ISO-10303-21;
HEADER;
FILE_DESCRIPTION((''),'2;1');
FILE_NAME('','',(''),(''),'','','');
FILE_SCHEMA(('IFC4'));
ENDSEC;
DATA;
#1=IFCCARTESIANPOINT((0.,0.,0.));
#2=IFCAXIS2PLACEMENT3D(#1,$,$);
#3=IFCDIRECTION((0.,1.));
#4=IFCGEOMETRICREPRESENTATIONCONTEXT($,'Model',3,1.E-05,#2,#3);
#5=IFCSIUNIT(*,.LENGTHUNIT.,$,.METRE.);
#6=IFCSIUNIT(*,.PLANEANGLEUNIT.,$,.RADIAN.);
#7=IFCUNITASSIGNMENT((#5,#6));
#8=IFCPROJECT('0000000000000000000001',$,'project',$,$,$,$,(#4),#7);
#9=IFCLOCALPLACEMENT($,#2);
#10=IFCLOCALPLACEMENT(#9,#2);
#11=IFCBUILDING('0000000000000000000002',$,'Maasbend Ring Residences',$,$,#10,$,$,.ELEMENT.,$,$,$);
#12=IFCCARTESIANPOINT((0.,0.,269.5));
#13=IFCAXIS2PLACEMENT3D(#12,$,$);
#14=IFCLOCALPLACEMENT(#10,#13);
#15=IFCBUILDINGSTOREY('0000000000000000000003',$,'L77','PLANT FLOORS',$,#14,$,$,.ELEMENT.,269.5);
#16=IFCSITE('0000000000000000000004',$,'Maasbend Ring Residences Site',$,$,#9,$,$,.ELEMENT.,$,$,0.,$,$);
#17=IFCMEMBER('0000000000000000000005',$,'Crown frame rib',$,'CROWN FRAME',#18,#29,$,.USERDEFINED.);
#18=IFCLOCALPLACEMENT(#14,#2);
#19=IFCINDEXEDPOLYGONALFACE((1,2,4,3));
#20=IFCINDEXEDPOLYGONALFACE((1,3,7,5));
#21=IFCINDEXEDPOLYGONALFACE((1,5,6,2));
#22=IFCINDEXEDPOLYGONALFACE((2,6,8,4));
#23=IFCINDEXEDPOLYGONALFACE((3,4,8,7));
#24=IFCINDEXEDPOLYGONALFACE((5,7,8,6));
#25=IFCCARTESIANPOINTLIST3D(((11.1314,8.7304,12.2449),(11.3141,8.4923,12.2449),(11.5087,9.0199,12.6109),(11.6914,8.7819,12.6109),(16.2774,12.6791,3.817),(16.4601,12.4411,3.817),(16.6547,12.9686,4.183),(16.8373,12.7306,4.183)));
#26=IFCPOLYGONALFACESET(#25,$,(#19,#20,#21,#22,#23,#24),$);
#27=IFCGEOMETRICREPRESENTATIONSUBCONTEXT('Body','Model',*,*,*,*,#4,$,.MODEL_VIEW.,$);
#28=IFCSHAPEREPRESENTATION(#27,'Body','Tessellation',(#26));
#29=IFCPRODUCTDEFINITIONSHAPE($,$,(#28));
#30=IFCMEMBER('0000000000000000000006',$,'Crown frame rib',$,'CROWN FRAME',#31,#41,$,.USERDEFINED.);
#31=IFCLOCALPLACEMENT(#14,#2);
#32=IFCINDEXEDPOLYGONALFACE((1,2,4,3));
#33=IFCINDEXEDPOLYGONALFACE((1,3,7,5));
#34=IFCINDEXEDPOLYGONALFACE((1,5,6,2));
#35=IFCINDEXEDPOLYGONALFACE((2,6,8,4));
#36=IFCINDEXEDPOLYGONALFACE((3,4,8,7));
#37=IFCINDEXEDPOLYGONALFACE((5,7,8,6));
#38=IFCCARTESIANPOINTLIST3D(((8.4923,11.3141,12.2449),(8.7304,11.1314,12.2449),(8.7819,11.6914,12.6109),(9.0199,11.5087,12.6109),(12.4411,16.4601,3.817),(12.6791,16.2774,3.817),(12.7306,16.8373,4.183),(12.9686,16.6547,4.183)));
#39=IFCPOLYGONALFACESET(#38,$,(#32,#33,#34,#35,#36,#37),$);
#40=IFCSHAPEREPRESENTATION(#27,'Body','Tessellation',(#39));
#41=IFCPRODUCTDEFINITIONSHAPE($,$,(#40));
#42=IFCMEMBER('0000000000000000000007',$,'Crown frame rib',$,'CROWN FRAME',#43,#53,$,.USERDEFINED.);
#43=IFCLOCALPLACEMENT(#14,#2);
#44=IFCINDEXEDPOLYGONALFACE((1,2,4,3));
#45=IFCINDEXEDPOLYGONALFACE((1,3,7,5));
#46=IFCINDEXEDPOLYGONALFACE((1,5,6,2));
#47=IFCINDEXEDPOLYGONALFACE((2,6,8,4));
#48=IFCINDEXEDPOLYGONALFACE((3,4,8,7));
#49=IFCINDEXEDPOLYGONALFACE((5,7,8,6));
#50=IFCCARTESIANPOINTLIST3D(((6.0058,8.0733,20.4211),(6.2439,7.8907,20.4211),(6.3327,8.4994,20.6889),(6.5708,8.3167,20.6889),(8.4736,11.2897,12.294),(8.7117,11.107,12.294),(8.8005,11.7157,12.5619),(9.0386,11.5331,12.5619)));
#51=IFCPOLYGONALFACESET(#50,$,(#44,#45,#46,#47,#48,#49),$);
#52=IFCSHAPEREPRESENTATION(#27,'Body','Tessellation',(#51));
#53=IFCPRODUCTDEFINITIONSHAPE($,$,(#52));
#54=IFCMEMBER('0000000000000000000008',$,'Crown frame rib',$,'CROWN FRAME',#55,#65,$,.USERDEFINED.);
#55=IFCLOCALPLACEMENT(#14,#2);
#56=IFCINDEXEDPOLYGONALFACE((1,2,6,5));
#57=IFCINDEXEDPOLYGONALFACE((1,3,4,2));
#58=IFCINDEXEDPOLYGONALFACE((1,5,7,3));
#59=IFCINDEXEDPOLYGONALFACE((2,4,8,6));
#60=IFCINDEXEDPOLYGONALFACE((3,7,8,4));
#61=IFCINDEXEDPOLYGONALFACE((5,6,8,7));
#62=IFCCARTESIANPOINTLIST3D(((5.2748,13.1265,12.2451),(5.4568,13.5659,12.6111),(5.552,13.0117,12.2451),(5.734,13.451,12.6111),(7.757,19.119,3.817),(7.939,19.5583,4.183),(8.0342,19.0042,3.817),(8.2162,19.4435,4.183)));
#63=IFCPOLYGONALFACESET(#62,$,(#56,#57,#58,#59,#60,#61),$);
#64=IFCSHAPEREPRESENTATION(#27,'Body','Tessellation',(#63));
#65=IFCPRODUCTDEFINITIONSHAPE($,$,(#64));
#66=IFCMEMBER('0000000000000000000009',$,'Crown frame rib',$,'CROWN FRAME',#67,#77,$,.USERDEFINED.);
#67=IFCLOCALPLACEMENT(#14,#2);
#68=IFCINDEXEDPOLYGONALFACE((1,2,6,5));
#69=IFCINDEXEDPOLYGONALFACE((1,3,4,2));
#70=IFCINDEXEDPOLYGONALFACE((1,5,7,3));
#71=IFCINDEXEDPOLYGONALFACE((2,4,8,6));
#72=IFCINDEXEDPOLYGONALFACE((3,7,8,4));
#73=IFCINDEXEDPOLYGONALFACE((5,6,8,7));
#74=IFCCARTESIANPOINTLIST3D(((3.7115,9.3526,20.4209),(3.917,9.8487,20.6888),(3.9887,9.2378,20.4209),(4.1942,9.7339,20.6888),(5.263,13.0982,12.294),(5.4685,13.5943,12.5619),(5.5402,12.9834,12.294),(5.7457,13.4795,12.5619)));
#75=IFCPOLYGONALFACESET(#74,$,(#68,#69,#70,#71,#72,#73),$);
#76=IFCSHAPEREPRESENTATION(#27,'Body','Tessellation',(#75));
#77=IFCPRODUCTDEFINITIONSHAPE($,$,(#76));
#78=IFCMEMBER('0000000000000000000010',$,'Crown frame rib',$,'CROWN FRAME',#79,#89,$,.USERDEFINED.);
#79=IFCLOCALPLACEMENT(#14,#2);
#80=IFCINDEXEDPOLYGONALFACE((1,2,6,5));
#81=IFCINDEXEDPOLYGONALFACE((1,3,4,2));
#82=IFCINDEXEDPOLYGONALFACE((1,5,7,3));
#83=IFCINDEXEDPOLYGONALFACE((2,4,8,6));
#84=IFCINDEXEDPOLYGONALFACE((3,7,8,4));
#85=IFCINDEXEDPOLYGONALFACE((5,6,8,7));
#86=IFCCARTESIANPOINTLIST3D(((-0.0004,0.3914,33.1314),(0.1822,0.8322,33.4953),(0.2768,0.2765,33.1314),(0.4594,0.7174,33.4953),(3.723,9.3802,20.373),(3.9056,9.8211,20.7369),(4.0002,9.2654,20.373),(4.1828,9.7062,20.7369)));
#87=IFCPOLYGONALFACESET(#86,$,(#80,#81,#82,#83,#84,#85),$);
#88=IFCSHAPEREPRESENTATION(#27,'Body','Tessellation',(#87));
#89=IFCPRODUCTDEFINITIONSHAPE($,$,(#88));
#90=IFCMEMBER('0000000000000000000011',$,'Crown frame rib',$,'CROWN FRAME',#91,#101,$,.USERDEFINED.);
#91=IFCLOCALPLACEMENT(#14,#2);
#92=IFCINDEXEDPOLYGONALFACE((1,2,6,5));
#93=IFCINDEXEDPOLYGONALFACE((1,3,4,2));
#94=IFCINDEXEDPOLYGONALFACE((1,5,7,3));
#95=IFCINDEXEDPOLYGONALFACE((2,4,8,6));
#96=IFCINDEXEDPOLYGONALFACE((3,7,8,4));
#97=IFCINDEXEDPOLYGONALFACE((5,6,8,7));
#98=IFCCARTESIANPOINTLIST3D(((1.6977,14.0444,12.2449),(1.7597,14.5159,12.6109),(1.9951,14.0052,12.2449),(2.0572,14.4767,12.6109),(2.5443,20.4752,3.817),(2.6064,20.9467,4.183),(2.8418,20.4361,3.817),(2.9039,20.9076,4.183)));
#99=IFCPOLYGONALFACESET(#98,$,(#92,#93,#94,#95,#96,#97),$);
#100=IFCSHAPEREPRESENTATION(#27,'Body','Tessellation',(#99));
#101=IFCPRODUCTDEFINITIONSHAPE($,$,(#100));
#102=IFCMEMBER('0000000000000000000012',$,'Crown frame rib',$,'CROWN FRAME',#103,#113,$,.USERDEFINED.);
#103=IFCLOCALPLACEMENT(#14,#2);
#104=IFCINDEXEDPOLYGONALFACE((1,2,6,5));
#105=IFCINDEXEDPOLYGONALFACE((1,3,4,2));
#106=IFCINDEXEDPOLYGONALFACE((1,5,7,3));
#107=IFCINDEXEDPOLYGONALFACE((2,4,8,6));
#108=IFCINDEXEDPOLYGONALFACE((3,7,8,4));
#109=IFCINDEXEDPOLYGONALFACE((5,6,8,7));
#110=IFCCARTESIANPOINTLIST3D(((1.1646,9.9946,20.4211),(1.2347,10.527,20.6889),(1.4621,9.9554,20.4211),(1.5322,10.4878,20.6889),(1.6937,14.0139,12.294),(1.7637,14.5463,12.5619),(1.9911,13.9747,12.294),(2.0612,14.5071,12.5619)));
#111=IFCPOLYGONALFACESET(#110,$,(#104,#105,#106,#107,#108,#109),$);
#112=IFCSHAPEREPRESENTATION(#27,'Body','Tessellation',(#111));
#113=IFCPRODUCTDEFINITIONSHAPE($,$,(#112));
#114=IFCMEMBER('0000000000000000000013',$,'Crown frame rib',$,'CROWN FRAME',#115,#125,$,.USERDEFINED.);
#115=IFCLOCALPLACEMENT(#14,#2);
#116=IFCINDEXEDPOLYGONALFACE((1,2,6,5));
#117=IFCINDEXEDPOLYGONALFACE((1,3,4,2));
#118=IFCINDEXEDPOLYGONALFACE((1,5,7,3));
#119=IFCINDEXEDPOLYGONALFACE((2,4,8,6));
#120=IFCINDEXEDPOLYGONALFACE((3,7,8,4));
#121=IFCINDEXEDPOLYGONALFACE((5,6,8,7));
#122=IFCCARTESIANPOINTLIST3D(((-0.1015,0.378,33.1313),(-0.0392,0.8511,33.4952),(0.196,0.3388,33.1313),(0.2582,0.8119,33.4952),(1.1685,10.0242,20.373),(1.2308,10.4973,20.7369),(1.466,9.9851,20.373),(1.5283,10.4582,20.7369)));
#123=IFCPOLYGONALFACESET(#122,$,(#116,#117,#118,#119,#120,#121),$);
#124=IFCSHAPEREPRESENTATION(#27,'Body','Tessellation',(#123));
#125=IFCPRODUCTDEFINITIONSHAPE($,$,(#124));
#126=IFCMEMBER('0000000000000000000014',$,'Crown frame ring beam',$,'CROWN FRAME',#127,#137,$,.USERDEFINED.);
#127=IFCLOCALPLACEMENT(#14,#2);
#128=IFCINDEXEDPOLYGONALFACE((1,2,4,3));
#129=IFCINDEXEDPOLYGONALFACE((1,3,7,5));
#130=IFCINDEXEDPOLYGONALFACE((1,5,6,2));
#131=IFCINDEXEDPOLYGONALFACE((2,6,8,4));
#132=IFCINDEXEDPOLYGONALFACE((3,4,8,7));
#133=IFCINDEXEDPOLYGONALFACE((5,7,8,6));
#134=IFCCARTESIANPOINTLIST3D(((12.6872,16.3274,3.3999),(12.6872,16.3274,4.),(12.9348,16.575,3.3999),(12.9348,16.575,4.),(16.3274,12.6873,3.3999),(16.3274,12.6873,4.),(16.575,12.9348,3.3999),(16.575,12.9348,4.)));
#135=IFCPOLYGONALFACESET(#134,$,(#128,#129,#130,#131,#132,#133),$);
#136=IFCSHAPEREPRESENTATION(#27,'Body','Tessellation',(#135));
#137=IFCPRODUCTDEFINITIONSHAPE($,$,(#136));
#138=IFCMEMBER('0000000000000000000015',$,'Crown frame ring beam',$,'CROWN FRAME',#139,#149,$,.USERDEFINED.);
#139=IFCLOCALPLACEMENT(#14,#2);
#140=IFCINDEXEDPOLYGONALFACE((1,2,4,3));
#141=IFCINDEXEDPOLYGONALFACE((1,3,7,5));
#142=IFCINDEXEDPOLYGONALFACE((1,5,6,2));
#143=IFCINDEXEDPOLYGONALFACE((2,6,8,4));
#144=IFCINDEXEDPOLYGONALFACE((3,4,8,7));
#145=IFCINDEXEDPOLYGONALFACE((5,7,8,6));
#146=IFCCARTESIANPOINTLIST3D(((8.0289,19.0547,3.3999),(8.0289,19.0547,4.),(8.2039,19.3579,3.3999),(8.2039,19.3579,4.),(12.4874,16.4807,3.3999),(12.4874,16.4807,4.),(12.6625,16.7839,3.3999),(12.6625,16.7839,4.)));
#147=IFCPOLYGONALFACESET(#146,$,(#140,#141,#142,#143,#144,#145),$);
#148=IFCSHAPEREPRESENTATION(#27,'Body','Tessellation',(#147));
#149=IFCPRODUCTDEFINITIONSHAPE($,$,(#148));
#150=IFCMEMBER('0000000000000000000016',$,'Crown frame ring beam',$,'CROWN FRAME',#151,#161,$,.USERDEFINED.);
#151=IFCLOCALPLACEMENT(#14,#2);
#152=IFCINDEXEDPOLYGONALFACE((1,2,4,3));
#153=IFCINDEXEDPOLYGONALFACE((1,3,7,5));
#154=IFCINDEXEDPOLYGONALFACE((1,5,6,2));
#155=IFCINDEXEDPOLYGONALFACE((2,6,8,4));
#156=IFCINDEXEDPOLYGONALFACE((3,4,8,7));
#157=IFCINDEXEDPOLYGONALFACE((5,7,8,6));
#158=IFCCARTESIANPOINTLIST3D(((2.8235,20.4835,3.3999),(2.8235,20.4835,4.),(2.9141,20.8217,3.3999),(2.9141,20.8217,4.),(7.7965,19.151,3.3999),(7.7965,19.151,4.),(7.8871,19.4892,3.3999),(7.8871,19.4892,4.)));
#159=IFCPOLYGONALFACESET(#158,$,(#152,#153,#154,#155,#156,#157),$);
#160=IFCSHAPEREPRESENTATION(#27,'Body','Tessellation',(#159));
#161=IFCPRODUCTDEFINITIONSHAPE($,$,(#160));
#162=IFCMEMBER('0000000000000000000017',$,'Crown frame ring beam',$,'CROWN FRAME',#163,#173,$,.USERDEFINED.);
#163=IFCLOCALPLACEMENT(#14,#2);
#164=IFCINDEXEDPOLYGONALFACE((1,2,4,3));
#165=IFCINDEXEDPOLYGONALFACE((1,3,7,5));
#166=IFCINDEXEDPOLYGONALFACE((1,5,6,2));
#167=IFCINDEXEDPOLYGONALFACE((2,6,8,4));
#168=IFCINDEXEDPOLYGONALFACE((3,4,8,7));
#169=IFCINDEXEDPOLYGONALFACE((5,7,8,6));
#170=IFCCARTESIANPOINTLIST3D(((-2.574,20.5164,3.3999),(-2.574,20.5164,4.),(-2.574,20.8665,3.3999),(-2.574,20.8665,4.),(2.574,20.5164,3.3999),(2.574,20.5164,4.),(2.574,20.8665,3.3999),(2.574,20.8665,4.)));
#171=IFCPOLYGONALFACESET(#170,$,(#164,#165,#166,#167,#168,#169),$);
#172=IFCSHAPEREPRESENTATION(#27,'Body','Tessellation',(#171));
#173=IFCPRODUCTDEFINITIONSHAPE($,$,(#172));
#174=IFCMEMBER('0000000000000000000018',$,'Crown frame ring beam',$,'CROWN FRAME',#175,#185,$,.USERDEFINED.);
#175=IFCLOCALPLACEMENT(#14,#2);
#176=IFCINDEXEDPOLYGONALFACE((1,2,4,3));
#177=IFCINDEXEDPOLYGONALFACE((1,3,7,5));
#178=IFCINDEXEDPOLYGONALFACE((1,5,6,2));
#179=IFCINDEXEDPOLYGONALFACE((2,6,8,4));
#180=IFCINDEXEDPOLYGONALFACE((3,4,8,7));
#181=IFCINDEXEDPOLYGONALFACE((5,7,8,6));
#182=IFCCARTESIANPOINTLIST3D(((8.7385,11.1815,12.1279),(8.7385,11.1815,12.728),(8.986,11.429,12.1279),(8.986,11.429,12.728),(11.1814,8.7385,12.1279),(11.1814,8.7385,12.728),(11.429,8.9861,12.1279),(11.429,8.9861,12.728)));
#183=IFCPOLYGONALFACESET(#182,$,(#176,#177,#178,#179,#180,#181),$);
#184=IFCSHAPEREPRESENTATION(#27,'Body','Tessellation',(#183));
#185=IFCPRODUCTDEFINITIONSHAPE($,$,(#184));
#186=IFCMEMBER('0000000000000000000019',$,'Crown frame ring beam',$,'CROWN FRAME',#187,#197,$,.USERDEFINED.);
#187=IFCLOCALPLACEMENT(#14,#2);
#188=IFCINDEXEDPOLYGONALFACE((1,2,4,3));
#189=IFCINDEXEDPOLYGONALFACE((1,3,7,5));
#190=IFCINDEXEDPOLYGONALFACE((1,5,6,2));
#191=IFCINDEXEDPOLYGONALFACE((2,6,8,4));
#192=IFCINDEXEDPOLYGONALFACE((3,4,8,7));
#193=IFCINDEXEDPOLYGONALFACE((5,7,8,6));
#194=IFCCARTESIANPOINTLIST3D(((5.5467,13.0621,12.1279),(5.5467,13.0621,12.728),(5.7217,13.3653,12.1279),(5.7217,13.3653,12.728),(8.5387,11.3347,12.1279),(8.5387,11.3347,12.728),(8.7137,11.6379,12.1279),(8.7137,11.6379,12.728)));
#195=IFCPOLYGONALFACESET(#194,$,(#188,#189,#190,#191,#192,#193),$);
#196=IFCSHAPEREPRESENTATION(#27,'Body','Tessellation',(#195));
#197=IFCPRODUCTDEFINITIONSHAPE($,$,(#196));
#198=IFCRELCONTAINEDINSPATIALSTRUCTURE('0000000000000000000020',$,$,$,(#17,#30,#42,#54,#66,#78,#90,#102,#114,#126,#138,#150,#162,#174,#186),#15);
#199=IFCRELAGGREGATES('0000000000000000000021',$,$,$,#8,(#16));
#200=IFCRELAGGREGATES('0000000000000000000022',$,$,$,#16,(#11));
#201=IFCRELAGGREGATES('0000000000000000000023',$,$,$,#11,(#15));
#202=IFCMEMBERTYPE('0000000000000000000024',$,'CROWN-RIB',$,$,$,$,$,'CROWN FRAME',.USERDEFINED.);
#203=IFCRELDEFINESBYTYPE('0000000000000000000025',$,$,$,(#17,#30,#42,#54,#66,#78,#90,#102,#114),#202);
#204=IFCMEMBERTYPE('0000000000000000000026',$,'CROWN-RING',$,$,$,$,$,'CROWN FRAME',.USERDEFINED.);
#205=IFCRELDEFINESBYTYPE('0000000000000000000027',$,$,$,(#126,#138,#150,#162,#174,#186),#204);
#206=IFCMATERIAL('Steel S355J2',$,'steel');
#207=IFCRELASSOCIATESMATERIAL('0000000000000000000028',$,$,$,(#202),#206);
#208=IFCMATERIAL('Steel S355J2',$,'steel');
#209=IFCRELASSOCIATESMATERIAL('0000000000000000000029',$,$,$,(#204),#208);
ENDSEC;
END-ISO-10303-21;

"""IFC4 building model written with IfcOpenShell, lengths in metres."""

from ifc_helpers import new_model, si_unit, direction, frame, origin, origin_2d, place, context, subcontext, project, spatial, rectangle, extrude, material, material_profile, profile_set, type_object, element, save


model = new_model("IFC4")

# Units and contexts
model_context = context("Model", 3, precision=1e-05, world=origin(), true_north=direction((0.0, 1.0)))
body_context = subcontext(model_context, "Body", "Model", "MODEL_VIEW")
ifc_project = project(units=[si_unit("LENGTHUNIT", "METRE"), si_unit("PLANEANGLEUNIT", "RADIAN")], contexts=[model_context])

# Site, building, storey
site_placement = place(None, origin())
site = spatial("IfcSite", under=ifc_project, at=site_placement, Name="Maasbend Ring Residences Site", CompositionType="ELEMENT", RefElevation=0.0)
building_placement = place(site_placement, origin())
building = spatial("IfcBuilding", under=site, at=building_placement, Name="Maasbend Ring Residences", CompositionType="ELEMENT")
storey_placement = place(building_placement, frame((0.0, 0.0, 269.5)))
storey = spatial("IfcBuildingStorey", under=building, at=storey_placement, Name="L77", Description="PLANT FLOORS", CompositionType="ELEMENT", Elevation=269.5)

# Members
ifc_material_1 = material(Name="Steel S355J2", Category="steel")
ifc_material_profile_1 = material_profile(ifc_material_1, rectangle(XDim=0.3, YDim=0.6001, at=origin_2d()), Name="Box 300x600x12")
ifc_profile_set_1 = profile_set([ifc_material_profile_1], Name="Steel S355J2")
member_type_1 = type_object("IfcMemberType", Name="CROWN-RIB", ElementType="CROWN FRAME", PredefinedType="USERDEFINED", material=ifc_profile_set_1)
for number, where, z_axis, x_axis, name in (
    (1, (16.5574, 12.7048, 4.0), (-0.483871, -0.371294, 0.792471), (0.608768, -0.793348, 0.0), "Crown frame rib"),
    (2, (12.7048, 16.5574, 4.0), (-0.371294, -0.483871, 0.792471), (0.793348, -0.608768, 0.0), "Crown frame rib"),
):
    element("IfcMember", number, at=place(storey_placement, frame(where, z_axis=z_axis, x_axis=x_axis)), inside=storey, type_object=member_type_1, Name=name, ObjectType="CROWN FRAME", PredefinedType="USERDEFINED", context=body_context, shape_type="SweptSolid", body=[
        extrude(rectangle(XDim=0.3, YDim=0.6001, at=origin_2d()), origin(), (0.0, 0.0, 1.0), 10.635),
    ])
member_1_placement = place(storey_placement, frame((8.7561, 11.4114, 12.428), z_axis=(-0.271723, -0.354143, 0.894846), x_axis=(0.793376, -0.608732, 0.0)))
element("IfcMember", 3, at=member_1_placement, inside=storey, type_object=member_type_1, Name="Crown frame rib", ObjectType="CROWN FRAME", PredefinedType="USERDEFINED", context=body_context, shape_type="SweptSolid", body=[
    extrude(rectangle(XDim=0.3, YDim=0.6001, at=origin_2d()), origin(), (0.0, 0.0, 1.0), 9.082),
])
member_2_placement = place(storey_placement, frame((7.9866, 19.2812, 4.0), z_axis=(-0.233399, -0.563468, 0.792483), x_axis=(0.923878, -0.382688, 0.0)))
element("IfcMember", 4, at=member_2_placement, inside=storey, type_object=member_type_1, Name="Crown frame rib", ObjectType="CROWN FRAME", PredefinedType="USERDEFINED", context=body_context, shape_type="SweptSolid", body=[
    extrude(rectangle(XDim=0.3, YDim=0.6001, at=origin_2d()), origin(), (0.0, 0.0, 1.0), 10.635),
])
member_3_placement = place(storey_placement, frame((5.5044, 13.2888, 12.428), z_axis=(-0.170832, -0.412417, 0.894834), x_axis=(0.923877, -0.38269, 0.0)))
element("IfcMember", 5, at=member_3_placement, inside=storey, type_object=member_type_1, Name="Crown frame rib", ObjectType="CROWN FRAME", PredefinedType="USERDEFINED", context=body_context, shape_type="SweptSolid", body=[
    extrude(rectangle(XDim=0.3, YDim=0.6001, at=origin_2d()), origin(), (0.0, 0.0, 1.0), 9.082),
])
member_4_placement = place(storey_placement, frame((3.9529, 9.5432, 20.5549), z_axis=(-0.232062, -0.560229, 0.795167), x_axis=(0.923875, -0.382694, 0.0)))
element("IfcMember", 6, at=member_4_placement, inside=storey, type_object=member_type_1, Name="Crown frame rib", ObjectType="CROWN FRAME", PredefinedType="USERDEFINED", context=body_context, shape_type="SweptSolid", body=[
    extrude(rectangle(XDim=0.3, YDim=0.6001, at=origin_2d()), origin(), (0.0, 0.0, 1.0), 16.0449),
])
member_5_placement = place(storey_placement, frame((2.7241, 20.6914, 4.0), z_axis=(-0.079612, -0.60469, 0.792472), x_axis=(0.991444, -0.130531, 0.0)))
element("IfcMember", 7, at=member_5_placement, inside=storey, type_object=member_type_1, Name="Crown frame rib", ObjectType="CROWN FRAME", PredefinedType="USERDEFINED", context=body_context, shape_type="SweptSolid", body=[
    extrude(rectangle(XDim=0.3, YDim=0.6001, at=origin_2d()), origin(), (0.0, 0.0, 1.0), 10.635),
])
member_6_placement = place(storey_placement, frame((1.8774, 14.2605, 12.428), z_axis=(-0.058253, -0.442557, 0.894846), x_axis=(0.991448, -0.130503, 0.0)))
element("IfcMember", 8, at=member_6_placement, inside=storey, type_object=member_type_1, Name="Crown frame rib", ObjectType="CROWN FRAME", PredefinedType="USERDEFINED", context=body_context, shape_type="SweptSolid", body=[
    extrude(rectangle(XDim=0.3, YDim=0.6001, at=origin_2d()), origin(), (0.0, 0.0, 1.0), 9.082),
])
member_7_placement = place(storey_placement, frame((1.3484, 10.2412, 20.5549), z_axis=(-0.079154, -0.601205, 0.795165), x_axis=(0.991444, -0.130533, 0.0)))
element("IfcMember", 9, at=member_7_placement, inside=storey, type_object=member_type_1, Name="Crown frame rib", ObjectType="CROWN FRAME", PredefinedType="USERDEFINED", context=body_context, shape_type="SweptSolid", body=[
    extrude(rectangle(XDim=0.3, YDim=0.6001, at=origin_2d()), origin(), (0.0, 0.0, 1.0), 16.0449),
])
ifc_material_2 = material(Name="Steel S355J2", Category="steel")
ifc_material_profile_2 = material_profile(ifc_material_2, rectangle(XDim=0.3501, YDim=0.6001, at=origin_2d()), Name="Box 350x600x16")
ifc_profile_set_2 = profile_set([ifc_material_profile_2], Name="Steel S355J2")
member_type_2 = type_object("IfcMemberType", Name="CROWN-RING", ElementType="CROWN FRAME", PredefinedType="USERDEFINED", material=ifc_profile_set_2)
member_8_placement = place(storey_placement, frame((16.4512, 12.811, 3.7), z_axis=(-0.707107, 0.707107, 0.0), x_axis=(-0.707107, -0.707107, 0.0)))
element("IfcMember", 10, at=member_8_placement, inside=storey, type_object=member_type_2, Name="Crown frame ring beam", ObjectType="CROWN FRAME", PredefinedType="USERDEFINED", context=body_context, shape_type="SweptSolid", body=[
    extrude(rectangle(XDim=0.3501, YDim=0.6001, at=origin_2d()), origin(), (0.0, 0.0, 1.0), 5.1479),
])
member_9_placement = place(storey_placement, frame((12.575, 16.6323, 3.7), z_axis=(-0.866037, 0.49998, 0.0), x_axis=(-0.49998, -0.866037, 0.0)))
element("IfcMember", 11, at=member_9_placement, inside=storey, type_object=member_type_2, Name="Crown frame ring beam", ObjectType="CROWN FRAME", PredefinedType="USERDEFINED", context=body_context, shape_type="SweptSolid", body=[
    extrude(rectangle(XDim=0.3501, YDim=0.6001, at=origin_2d()), origin(), (0.0, 0.0, 1.0), 5.1482),
])
member_10_placement = place(storey_placement, frame((7.8418, 19.3201, 3.7), z_axis=(-0.965924, 0.258825, 0.0), x_axis=(-0.258825, -0.965924, 0.0)))
element("IfcMember", 12, at=member_10_placement, inside=storey, type_object=member_type_2, Name="Crown frame ring beam", ObjectType="CROWN FRAME", PredefinedType="USERDEFINED", context=body_context, shape_type="SweptSolid", body=[
    extrude(rectangle(XDim=0.3501, YDim=0.6001, at=origin_2d()), origin(), (0.0, 0.0, 1.0), 5.1484),
])
member_11_placement = place(storey_placement, frame((2.574, 20.6914, 3.7), z_axis=(-1.0, 0.0, 0.0), x_axis=(0.0, -1.0, 0.0)))
element("IfcMember", 13, at=member_11_placement, inside=storey, type_object=member_type_2, Name="Crown frame ring beam", ObjectType="CROWN FRAME", PredefinedType="USERDEFINED", context=body_context, shape_type="SweptSolid", body=[
    extrude(rectangle(XDim=0.3501, YDim=0.6001, at=origin_2d()), origin(), (0.0, 0.0, 1.0), 5.1479),
])
for number, where, z_axis, x_axis, name in (
    (14, (11.3052, 8.8623, 12.428), (-0.707107, 0.707107, 0.0), (-0.707107, -0.707107, 0.0), "Crown frame ring beam"),
    (15, (8.6262, 11.4863, 12.428), (-0.866038, 0.499977, 0.0), (-0.499977, -0.866038, 0.0), "Crown frame ring beam"),
):
    element("IfcMember", number, at=place(storey_placement, frame(where, z_axis=z_axis, x_axis=x_axis)), inside=storey, type_object=member_type_2, Name=name, ObjectType="CROWN FRAME", PredefinedType="USERDEFINED", context=body_context, shape_type="SweptSolid", body=[
        extrude(rectangle(XDim=0.3501, YDim=0.6001, at=origin_2d()), origin(), (0.0, 0.0, 1.0), 3.4548),
    ])

save(model, "model.ifc")
